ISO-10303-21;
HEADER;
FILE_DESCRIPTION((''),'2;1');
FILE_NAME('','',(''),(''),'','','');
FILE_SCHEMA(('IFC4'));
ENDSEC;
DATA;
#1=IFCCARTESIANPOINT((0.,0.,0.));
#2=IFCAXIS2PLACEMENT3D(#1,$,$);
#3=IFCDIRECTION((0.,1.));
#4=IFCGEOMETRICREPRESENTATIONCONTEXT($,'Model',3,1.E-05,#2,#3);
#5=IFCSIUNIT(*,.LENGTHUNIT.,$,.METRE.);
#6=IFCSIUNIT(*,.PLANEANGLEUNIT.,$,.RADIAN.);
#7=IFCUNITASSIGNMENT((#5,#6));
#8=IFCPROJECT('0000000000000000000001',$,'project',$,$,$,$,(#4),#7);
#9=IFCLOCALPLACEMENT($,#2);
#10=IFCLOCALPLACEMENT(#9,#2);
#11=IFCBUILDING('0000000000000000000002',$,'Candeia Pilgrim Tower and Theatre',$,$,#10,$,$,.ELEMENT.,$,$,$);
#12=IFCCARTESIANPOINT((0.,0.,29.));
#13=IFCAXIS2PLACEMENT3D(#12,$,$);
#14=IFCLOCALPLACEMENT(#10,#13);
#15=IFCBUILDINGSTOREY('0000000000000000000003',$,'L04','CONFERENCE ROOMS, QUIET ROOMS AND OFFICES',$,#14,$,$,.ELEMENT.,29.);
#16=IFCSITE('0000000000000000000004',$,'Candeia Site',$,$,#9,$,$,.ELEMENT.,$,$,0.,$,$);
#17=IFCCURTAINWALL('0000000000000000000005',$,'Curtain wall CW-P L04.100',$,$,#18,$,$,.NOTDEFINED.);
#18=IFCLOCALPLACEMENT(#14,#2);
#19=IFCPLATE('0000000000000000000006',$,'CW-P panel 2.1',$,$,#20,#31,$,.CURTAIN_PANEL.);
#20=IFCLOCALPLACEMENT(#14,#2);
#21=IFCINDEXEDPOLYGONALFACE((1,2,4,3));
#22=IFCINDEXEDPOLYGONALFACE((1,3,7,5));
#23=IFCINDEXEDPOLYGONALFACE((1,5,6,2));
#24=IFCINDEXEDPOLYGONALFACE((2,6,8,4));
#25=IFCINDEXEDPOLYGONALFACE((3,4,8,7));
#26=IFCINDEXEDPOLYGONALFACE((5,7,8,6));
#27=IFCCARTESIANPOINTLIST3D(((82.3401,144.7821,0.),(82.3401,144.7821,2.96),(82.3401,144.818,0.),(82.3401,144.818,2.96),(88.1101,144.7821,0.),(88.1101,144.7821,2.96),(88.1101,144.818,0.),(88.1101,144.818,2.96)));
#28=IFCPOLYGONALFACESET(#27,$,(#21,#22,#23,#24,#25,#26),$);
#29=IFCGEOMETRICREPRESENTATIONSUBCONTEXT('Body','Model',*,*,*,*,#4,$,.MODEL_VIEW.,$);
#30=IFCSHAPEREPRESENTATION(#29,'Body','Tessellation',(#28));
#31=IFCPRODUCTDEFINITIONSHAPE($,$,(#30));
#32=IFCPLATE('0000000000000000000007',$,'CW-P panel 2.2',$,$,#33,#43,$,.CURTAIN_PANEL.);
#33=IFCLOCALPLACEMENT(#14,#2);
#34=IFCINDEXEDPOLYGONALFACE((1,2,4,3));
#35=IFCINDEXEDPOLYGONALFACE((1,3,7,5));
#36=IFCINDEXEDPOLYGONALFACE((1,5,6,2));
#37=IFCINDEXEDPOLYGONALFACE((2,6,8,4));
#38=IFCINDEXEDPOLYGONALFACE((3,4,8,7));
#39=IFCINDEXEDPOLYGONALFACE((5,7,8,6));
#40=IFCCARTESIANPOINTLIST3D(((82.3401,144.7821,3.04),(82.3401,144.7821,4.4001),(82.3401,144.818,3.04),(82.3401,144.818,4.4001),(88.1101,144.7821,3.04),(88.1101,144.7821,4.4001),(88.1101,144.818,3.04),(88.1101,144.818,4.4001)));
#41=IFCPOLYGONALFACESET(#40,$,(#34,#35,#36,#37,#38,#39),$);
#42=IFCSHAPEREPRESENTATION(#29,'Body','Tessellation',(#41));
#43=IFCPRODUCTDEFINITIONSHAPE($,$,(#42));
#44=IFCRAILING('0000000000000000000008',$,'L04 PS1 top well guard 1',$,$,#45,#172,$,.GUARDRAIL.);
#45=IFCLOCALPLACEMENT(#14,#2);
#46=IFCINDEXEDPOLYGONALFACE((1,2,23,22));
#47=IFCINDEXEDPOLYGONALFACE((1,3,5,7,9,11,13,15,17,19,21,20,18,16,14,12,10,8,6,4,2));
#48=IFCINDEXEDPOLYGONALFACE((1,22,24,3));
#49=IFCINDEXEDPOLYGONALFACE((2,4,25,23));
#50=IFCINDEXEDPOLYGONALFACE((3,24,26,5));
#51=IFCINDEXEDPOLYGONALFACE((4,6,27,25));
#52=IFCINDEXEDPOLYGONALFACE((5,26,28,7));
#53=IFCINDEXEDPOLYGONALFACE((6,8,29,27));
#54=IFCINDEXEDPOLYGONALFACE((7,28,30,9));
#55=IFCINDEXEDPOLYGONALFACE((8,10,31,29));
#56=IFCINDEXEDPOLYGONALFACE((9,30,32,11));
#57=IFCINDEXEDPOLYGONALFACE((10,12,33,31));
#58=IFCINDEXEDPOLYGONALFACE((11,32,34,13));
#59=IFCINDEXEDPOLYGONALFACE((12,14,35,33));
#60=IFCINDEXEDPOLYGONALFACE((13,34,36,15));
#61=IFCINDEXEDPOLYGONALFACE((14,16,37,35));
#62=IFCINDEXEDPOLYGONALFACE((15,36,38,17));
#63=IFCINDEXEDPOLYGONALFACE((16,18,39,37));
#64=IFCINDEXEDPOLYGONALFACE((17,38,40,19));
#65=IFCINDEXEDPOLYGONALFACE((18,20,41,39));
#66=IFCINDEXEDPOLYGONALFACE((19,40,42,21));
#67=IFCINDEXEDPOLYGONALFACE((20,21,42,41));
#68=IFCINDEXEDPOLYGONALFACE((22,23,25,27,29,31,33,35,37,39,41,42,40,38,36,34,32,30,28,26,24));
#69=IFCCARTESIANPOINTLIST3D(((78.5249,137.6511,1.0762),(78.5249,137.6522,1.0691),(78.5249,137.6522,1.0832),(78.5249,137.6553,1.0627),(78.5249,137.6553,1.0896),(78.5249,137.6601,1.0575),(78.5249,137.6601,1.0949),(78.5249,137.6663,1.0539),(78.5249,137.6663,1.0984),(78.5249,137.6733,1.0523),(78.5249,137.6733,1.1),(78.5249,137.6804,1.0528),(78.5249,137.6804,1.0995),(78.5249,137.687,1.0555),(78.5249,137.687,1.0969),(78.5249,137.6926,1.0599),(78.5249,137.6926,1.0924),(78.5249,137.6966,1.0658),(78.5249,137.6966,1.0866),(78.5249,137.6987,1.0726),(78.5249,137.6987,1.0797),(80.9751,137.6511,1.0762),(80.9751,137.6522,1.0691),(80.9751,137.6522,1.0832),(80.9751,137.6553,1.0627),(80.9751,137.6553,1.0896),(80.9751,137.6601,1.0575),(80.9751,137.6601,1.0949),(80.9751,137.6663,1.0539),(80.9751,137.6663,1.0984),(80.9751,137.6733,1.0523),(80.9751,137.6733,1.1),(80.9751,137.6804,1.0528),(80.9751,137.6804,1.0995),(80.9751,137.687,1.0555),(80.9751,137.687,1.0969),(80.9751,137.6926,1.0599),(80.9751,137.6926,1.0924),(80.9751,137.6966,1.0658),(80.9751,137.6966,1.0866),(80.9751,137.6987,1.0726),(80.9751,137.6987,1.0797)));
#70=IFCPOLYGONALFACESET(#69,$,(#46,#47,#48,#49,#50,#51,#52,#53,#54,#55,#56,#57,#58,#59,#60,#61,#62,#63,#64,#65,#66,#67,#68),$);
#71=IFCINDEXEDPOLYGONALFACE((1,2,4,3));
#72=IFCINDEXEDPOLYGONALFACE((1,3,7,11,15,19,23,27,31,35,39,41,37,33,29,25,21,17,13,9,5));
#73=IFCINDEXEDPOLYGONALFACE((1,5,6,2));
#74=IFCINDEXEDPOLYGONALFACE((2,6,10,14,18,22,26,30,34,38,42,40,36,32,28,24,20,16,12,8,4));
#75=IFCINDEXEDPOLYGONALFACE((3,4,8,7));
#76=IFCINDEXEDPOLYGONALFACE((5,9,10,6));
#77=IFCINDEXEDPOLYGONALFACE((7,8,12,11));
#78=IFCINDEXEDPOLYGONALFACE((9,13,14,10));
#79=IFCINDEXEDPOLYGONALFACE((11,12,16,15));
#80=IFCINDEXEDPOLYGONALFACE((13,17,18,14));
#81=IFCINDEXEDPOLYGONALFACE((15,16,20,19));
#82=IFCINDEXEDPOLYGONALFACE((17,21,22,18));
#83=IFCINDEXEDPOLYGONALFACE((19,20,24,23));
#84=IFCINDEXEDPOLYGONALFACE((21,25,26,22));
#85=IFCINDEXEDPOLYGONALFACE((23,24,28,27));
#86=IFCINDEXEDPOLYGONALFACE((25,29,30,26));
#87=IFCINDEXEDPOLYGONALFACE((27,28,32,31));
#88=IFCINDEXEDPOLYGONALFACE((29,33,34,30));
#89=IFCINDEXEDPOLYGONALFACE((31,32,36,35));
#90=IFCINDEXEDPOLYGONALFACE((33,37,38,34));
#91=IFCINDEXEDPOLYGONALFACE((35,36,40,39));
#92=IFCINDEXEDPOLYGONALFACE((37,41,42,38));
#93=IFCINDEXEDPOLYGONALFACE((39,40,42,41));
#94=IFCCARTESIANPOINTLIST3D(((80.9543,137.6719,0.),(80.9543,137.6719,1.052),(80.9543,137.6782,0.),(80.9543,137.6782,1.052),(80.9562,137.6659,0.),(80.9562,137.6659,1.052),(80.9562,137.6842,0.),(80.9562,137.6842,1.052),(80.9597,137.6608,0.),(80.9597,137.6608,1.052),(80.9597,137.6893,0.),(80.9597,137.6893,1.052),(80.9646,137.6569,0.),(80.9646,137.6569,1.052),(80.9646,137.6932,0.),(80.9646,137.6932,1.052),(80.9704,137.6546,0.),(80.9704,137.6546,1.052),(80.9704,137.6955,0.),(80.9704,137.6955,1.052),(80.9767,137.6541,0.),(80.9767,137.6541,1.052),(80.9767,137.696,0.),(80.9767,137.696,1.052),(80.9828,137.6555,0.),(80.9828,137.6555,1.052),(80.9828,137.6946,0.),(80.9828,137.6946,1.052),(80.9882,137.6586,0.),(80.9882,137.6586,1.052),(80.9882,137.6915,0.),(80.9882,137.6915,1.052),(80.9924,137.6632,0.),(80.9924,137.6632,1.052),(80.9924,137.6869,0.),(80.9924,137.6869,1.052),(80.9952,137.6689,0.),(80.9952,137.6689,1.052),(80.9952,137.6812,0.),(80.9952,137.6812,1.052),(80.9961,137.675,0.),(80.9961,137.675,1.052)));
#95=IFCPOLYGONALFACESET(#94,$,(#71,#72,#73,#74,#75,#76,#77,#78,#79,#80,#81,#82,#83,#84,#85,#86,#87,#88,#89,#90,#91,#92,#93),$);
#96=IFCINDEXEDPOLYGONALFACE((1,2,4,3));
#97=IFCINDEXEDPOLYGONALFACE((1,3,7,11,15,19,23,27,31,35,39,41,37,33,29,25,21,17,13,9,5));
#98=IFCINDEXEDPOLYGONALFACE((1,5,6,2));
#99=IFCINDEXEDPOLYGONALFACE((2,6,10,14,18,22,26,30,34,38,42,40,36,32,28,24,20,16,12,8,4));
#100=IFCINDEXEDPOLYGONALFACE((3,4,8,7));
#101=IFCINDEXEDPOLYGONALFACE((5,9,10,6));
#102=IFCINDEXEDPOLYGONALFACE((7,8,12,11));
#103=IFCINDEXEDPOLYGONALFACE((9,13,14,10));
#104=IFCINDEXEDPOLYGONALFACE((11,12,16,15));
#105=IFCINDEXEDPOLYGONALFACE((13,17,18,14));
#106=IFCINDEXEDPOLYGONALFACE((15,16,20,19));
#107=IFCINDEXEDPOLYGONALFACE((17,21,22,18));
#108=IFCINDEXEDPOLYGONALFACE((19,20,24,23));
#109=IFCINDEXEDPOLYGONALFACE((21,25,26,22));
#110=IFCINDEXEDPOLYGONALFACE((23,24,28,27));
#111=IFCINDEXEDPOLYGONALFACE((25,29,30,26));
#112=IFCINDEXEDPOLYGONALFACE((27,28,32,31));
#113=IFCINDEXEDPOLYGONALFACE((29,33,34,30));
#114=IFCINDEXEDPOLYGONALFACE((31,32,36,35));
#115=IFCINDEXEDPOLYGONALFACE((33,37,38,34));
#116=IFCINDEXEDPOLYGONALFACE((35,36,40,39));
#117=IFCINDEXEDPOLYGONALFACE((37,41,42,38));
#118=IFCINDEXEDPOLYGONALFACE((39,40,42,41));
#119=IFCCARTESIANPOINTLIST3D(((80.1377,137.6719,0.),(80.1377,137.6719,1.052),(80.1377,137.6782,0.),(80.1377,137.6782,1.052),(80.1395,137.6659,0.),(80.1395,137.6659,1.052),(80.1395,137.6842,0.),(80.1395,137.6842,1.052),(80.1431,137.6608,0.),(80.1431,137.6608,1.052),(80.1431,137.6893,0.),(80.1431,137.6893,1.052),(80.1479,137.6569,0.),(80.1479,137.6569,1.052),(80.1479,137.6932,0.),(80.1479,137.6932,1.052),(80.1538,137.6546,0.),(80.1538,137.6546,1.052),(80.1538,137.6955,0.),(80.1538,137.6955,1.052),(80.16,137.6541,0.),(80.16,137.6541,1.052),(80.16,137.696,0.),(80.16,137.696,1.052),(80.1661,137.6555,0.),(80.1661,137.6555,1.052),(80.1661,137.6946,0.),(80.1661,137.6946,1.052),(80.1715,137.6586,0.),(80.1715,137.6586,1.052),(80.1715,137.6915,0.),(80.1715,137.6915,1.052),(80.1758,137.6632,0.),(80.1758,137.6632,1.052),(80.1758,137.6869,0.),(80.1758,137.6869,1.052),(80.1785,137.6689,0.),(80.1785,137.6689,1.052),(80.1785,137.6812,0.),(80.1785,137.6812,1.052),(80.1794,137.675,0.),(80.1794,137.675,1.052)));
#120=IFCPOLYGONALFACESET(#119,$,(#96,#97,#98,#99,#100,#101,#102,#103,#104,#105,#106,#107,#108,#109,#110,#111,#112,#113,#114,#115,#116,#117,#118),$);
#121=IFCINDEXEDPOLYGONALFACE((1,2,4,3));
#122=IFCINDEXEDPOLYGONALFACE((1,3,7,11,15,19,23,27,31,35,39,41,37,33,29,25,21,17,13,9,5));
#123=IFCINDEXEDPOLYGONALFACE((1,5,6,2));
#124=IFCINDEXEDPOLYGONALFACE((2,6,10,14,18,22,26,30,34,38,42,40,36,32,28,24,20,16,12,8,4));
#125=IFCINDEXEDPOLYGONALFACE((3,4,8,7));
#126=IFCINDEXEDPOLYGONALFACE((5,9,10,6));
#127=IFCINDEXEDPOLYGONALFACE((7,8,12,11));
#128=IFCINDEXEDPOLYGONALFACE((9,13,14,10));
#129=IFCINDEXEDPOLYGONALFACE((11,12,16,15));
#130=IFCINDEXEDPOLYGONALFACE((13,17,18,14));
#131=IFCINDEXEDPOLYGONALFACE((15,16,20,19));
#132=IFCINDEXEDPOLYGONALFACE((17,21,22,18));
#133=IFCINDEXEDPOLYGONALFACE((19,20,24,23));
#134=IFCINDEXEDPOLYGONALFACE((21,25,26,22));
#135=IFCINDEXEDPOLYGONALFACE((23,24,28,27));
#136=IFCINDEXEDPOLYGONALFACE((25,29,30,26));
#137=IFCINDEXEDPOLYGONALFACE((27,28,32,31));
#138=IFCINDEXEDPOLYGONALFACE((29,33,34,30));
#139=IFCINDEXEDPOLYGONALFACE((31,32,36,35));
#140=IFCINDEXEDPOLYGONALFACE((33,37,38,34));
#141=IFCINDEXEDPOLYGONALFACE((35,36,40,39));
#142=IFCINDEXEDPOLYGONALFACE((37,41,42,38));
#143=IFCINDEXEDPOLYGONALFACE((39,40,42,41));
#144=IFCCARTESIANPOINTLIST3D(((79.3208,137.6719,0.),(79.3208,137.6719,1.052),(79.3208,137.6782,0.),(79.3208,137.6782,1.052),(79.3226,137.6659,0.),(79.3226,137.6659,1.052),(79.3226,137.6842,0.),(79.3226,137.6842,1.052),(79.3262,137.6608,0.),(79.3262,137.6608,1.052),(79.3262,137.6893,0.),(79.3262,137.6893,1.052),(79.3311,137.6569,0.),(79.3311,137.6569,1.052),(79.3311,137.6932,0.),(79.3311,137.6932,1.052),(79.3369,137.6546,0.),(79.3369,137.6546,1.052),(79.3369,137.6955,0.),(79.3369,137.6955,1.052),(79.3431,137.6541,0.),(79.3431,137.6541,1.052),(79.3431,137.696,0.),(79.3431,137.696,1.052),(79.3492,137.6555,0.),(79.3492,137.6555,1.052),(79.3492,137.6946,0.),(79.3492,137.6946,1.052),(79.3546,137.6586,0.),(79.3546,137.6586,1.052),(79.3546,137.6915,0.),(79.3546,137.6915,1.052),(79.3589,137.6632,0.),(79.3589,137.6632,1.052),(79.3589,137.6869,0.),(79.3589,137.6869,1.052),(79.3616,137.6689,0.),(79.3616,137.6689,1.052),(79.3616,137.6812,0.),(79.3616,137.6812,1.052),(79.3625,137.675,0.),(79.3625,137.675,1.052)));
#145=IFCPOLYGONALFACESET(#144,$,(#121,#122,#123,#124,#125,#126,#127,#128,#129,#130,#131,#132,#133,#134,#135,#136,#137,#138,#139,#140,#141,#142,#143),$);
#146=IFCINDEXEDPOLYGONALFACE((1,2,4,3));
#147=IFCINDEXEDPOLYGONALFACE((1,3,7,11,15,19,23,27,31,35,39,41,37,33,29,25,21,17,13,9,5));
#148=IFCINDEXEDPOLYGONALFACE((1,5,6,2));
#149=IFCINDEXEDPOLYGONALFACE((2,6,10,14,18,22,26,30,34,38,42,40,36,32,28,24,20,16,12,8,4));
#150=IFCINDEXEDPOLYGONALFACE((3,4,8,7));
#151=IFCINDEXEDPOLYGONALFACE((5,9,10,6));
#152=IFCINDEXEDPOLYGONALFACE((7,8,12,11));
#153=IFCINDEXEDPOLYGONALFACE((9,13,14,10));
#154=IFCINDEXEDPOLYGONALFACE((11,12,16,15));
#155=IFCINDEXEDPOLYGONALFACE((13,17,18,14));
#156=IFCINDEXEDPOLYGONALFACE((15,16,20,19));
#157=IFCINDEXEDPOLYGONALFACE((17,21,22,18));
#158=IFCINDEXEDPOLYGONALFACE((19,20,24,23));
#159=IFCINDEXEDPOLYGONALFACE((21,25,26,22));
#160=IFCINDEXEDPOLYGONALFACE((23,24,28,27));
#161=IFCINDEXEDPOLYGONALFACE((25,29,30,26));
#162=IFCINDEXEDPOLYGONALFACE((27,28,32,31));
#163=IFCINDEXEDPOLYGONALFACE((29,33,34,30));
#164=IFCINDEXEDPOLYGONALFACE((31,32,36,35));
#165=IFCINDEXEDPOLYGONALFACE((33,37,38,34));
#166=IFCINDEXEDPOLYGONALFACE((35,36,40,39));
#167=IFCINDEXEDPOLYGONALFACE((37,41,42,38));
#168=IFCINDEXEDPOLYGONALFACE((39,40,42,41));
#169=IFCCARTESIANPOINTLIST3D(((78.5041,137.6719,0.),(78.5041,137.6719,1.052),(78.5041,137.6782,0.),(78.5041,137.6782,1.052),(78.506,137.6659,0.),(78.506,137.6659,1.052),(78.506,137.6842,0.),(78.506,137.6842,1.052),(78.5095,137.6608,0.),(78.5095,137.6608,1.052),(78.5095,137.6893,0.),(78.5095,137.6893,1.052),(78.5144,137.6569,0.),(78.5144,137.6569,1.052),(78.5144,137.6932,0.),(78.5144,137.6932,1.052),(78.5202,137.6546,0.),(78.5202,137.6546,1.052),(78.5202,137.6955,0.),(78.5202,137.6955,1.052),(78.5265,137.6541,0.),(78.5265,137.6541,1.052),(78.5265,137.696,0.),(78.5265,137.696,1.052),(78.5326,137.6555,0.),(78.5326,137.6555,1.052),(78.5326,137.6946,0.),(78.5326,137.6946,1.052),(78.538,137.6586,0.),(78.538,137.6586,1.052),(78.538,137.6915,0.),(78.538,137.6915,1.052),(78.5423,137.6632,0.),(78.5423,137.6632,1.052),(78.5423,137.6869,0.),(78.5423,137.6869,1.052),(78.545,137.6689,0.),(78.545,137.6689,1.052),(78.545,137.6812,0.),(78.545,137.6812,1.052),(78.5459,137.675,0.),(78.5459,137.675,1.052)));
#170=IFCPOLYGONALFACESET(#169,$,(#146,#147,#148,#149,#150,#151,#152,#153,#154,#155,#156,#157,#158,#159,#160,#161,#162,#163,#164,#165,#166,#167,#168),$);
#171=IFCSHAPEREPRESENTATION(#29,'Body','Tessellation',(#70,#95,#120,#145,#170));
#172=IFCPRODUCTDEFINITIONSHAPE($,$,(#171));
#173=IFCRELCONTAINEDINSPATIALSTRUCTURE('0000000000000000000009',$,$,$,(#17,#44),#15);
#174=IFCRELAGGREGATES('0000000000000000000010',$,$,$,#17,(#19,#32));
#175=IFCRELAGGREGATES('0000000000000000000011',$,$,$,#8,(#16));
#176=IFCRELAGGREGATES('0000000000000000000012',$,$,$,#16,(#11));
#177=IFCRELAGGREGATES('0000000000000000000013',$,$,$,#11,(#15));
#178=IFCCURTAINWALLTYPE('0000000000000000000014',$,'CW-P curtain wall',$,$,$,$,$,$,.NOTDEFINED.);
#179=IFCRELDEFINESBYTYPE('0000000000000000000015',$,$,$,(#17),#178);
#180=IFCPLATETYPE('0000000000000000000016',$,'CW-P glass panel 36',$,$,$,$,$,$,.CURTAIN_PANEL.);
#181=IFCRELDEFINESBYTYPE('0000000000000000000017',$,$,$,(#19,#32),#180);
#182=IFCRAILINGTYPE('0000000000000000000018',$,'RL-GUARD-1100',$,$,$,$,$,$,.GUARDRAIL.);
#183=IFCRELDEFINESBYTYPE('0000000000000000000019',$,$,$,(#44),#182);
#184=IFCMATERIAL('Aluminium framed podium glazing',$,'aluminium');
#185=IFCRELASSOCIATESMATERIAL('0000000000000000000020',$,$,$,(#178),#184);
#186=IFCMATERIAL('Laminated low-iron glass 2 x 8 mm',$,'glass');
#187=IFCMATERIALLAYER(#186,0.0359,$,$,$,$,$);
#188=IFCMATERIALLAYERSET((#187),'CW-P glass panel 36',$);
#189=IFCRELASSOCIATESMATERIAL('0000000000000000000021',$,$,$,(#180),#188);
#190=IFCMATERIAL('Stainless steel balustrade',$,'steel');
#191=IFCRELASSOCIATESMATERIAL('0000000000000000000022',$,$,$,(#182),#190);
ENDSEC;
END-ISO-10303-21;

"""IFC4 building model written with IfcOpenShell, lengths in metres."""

from ifc_helpers import new_model, si_unit, direction, frame, origin, origin_2d, place, context, subcontext, project, spatial, rectangle, circle, extrude, material, layer, layer_set, type_object, element, aggregate, save


model = new_model("IFC4")

# Units and contexts
model_context = context("Model", 3, precision=1e-05, world=origin(), true_north=direction((0.0, 1.0)))
body_context = subcontext(model_context, "Body", "Model", "MODEL_VIEW")
ifc_project = project(units=[si_unit("LENGTHUNIT", "METRE"), si_unit("PLANEANGLEUNIT", "RADIAN")], contexts=[model_context])

# Site, building, storey
site_placement = place(None, origin())
site = spatial("IfcSite", under=ifc_project, at=site_placement, Name="Candeia Site", CompositionType="ELEMENT", RefElevation=0.0)
building_placement = place(site_placement, origin())
building = spatial("IfcBuilding", under=site, at=building_placement, Name="Candeia Pilgrim Tower and Theatre", CompositionType="ELEMENT")
storey_placement = place(building_placement, frame((0.0, 0.0, 29.0)))
storey = spatial("IfcBuildingStorey", under=building, at=storey_placement, Name="L04", Description="CONFERENCE ROOMS, QUIET ROOMS AND OFFICES", CompositionType="ELEMENT", Elevation=29.0)

# Shared definitions
ifc_material_1 = material(Name="Aluminium framed podium glazing", Category="aluminium")
curtain_wall_type = type_object("IfcCurtainWallType", Name="CW-P curtain wall", PredefinedType="NOTDEFINED", material=ifc_material_1)

# Curtain wall
curtain_wall_1_placement = place(storey_placement, origin())
curtain_wall_1 = element("IfcCurtainWall", 1, at=curtain_wall_1_placement, inside=storey, type_object=curtain_wall_type, Name="Curtain wall CW-P L04.100", PredefinedType="NOTDEFINED")

# Plates
ifc_material_2 = material(Name="Laminated low-iron glass 2 x 8 mm", Category="glass")
ifc_layer_1 = layer(ifc_material_2, 0.0359)
ifc_layer_set_1 = layer_set([ifc_layer_1], Name="CW-P glass panel 36")
plate_type = type_object("IfcPlateType", Name="CW-P glass panel 36", PredefinedType="CURTAIN_PANEL", material=ifc_layer_set_1)
plate_1_placement = place(storey_placement, frame((85.2251, 144.8, 0.0), z_axis=(0.0, 0.0, 1.0), x_axis=(1.0, 0.0, 0.0)))
plate_1 = element("IfcPlate", 2, at=plate_1_placement, type_object=plate_type, Name="CW-P panel 2.1", PredefinedType="CURTAIN_PANEL", context=body_context, shape_type="SweptSolid", body=[
    extrude(rectangle(XDim=5.77, YDim=0.0359, at=origin_2d()), origin(), (0.0, 0.0, 1.0), 2.96),
])
plate_2_placement = place(storey_placement, frame((85.2251, 144.8, 3.04), z_axis=(0.0, 0.0, 1.0), x_axis=(1.0, 0.0, 0.0)))
plate_2 = element("IfcPlate", 3, at=plate_2_placement, type_object=plate_type, Name="CW-P panel 2.2", PredefinedType="CURTAIN_PANEL", context=body_context, shape_type="SweptSolid", body=[
    extrude(rectangle(XDim=5.77, YDim=0.0359, at=origin_2d()), origin(), (0.0, 0.0, 1.0), 1.3601),
])
aggregate(curtain_wall_1, [plate_1, plate_2])

# Railing
ifc_material_3 = material(Name="Stainless steel balustrade", Category="steel")
railing_type = type_object("IfcRailingType", Name="RL-GUARD-1100", PredefinedType="GUARDRAIL", material=ifc_material_3)
railing_1_placement = place(storey_placement, frame((80.9751, 137.675, 0.0)))
element("IfcRailing", 4, at=railing_1_placement, inside=storey, type_object=railing_type, Name="L04 PS1 top well guard 1", PredefinedType="GUARDRAIL", context=body_context, shape_type="SweptSolid", body=[
    extrude(circle(Radius=0.0239, at=origin_2d()), frame((0.0, 0.0, 1.0762), z_axis=(-1.0, 0.0, 0.0), x_axis=(0.0, -1.0, 0.0)), (0.0, 0.0, 1.0), 2.4502),
    extrude(circle(Radius=0.021, at=origin_2d()), origin(), (0.0, 0.0, 1.0), 1.052),
    extrude(circle(Radius=0.021, at=origin_2d()), frame((-0.8167, 0.0, 0.0)), (0.0, 0.0, 1.0), 1.052),
    extrude(circle(Radius=0.021, at=origin_2d()), frame((-1.6335, 0.0, 0.0)), (0.0, 0.0, 1.0), 1.052),
    extrude(circle(Radius=0.021, at=origin_2d()), frame((-2.4502, 0.0, 0.0)), (0.0, 0.0, 1.0), 1.052),
])

save(model, "model.ifc")
